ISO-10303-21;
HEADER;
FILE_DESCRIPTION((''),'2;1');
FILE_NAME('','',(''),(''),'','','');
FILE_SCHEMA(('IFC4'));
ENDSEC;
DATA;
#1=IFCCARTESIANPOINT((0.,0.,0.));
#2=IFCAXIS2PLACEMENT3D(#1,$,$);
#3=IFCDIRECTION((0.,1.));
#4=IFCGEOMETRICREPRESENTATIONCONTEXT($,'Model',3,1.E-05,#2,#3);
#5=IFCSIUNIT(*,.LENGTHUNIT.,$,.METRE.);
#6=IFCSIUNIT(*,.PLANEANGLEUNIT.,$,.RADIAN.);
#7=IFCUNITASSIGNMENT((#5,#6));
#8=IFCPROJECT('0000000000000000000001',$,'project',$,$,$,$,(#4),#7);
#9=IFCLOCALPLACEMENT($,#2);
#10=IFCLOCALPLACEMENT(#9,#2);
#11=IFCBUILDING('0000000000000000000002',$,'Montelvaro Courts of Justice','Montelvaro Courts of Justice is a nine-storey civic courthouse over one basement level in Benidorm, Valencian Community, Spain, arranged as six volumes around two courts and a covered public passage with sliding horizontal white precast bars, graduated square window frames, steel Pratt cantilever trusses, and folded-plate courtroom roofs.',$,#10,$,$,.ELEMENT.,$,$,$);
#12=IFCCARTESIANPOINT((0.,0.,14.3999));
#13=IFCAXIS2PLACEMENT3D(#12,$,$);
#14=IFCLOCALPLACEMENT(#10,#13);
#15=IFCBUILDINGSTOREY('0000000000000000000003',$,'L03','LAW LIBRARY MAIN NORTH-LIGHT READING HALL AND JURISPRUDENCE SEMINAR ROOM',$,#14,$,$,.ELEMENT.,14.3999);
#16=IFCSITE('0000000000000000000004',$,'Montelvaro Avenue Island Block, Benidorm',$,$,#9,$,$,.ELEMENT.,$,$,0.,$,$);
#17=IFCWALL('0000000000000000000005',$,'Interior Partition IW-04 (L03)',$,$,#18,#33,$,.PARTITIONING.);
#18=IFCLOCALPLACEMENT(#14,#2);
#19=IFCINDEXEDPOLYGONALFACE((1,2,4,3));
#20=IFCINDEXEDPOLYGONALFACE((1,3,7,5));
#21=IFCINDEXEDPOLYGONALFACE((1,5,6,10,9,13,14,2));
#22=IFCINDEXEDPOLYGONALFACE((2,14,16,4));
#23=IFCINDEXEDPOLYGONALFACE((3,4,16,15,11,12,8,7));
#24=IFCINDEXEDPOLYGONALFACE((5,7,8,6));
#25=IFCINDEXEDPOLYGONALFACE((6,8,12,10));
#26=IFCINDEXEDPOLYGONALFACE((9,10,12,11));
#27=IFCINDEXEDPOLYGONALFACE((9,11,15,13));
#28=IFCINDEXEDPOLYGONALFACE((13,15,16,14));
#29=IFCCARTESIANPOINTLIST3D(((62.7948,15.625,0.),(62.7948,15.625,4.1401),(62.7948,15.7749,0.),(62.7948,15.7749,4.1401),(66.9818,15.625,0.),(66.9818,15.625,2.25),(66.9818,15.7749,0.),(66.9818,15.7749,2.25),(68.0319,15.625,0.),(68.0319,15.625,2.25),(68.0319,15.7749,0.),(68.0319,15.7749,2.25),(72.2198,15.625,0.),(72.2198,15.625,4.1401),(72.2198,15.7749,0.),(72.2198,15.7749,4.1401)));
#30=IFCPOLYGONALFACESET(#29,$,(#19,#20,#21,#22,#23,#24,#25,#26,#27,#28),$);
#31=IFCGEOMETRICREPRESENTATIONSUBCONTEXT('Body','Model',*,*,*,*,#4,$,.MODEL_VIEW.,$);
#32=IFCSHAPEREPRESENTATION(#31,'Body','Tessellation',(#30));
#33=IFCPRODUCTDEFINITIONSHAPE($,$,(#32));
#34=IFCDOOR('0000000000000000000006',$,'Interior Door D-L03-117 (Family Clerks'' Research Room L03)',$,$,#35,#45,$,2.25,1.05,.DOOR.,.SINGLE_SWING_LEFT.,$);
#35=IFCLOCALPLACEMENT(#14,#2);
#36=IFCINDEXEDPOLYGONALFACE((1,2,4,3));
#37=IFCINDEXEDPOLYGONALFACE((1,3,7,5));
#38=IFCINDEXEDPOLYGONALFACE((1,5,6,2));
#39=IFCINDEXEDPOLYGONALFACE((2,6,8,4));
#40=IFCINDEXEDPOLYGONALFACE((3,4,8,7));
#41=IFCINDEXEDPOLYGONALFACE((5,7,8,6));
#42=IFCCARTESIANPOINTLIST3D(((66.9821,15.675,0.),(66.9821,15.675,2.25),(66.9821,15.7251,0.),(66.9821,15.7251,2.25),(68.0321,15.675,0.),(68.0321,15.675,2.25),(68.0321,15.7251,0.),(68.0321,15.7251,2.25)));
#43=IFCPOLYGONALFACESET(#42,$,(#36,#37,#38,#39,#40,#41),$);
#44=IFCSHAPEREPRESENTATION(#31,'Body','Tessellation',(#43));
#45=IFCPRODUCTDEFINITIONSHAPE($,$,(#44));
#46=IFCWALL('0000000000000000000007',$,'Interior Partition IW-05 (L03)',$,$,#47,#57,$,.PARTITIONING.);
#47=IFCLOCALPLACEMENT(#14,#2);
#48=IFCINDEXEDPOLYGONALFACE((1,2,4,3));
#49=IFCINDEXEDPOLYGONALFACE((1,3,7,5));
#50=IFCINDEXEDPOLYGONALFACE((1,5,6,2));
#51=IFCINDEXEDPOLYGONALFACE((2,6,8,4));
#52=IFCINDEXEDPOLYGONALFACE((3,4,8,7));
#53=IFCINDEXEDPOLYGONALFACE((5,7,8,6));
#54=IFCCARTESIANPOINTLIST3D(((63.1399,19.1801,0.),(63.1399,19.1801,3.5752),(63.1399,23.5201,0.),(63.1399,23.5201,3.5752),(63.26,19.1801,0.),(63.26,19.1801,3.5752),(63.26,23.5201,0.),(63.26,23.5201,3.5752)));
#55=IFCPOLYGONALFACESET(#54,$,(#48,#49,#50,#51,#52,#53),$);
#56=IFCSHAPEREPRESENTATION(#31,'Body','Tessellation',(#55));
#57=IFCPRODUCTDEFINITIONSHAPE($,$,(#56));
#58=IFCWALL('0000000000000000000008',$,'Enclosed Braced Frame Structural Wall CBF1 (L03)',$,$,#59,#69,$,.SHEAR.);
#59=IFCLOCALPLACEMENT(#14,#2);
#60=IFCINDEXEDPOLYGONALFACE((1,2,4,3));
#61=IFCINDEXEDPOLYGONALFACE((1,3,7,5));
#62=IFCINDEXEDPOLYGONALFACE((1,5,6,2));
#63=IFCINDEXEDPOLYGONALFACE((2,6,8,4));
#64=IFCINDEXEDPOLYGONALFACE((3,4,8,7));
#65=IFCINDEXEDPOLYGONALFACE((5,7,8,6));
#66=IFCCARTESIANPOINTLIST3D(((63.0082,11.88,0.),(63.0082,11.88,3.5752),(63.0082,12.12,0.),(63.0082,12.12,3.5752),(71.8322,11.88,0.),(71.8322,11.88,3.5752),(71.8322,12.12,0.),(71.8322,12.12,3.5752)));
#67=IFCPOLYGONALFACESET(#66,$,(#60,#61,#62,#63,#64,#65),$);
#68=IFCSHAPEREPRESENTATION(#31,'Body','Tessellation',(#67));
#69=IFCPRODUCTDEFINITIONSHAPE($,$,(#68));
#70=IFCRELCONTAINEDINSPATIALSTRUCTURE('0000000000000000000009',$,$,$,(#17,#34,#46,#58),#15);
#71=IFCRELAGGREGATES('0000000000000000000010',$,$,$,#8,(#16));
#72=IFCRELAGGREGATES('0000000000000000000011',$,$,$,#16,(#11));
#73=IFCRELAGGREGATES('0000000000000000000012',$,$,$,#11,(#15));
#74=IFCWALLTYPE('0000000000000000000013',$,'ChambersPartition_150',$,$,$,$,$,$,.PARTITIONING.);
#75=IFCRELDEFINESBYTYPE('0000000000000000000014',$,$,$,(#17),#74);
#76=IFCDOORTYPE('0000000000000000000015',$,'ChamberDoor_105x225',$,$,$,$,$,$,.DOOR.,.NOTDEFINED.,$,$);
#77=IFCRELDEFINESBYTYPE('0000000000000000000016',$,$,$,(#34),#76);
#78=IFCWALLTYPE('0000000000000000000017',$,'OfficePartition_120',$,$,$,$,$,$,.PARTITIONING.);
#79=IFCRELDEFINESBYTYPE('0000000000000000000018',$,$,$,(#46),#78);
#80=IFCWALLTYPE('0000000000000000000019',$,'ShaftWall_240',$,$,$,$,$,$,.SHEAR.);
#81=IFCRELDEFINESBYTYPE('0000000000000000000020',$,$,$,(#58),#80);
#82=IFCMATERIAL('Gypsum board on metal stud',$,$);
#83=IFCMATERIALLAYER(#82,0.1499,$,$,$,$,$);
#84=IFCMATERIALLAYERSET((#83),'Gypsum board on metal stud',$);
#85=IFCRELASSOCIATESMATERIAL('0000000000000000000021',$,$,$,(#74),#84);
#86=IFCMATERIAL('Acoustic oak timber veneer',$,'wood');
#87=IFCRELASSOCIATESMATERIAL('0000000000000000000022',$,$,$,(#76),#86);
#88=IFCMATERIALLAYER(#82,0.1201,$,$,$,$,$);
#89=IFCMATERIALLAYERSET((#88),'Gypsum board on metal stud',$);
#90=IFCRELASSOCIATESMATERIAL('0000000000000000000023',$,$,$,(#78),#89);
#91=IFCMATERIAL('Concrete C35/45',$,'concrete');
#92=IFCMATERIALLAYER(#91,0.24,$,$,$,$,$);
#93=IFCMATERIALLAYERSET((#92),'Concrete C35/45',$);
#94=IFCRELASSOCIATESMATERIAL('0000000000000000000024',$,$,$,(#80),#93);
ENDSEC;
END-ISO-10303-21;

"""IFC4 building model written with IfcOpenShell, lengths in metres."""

from ifc_helpers import new_model, si_unit, direction, frame, frame_2d, origin, place, context, subcontext, project, spatial, rectangle, extrude, material, layer, layer_set, type_object, element, fill, save


model = new_model("IFC4")

# Units and contexts
model_context = context("Model", 3, precision=1e-05, world=origin(), true_north=direction((0.0, 1.0)))
body_context = subcontext(model_context, "Body", "Model", "MODEL_VIEW")
ifc_project = project(units=[si_unit("LENGTHUNIT", "METRE"), si_unit("PLANEANGLEUNIT", "RADIAN")], contexts=[model_context])

# Site, building, storey
site_placement = place(None, origin())
site = spatial("IfcSite", under=ifc_project, at=site_placement, Name="Montelvaro Avenue Island Block, Benidorm", CompositionType="ELEMENT", RefElevation=0.0)
building_placement = place(site_placement, origin())
building = spatial("IfcBuilding", under=site, at=building_placement, Name="Montelvaro Courts of Justice", Description="Montelvaro Courts of Justice is a nine-storey civic courthouse over one basement level in Benidorm, Valencian Community, Spain, arranged as six volumes around two courts and a covered public passage with sliding horizontal white precast bars, graduated square window frames, steel Pratt cantilever trusses, and folded-plate courtroom roofs.", CompositionType="ELEMENT")
storey_placement = place(building_placement, frame((0.0, 0.0, 14.3999)))
storey = spatial("IfcBuildingStorey", under=building, at=storey_placement, Name="L03", Description="LAW LIBRARY MAIN NORTH-LIGHT READING HALL AND JURISPRUDENCE SEMINAR ROOM", CompositionType="ELEMENT", Elevation=14.3999)

# Wall, opening, door
ifc_material_1 = material(Name="Gypsum board on metal stud")
ifc_layer_1 = layer(ifc_material_1, 0.1499)
ifc_layer_set_1 = layer_set([ifc_layer_1], Name="Gypsum board on metal stud")
wall_type_1 = type_object("IfcWallType", Name="ChambersPartition_150", PredefinedType="PARTITIONING", material=ifc_layer_set_1)
wall_1_placement = place(storey_placement, frame((62.7949, 15.7, 0.0), z_axis=(0.0, 0.0, 1.0), x_axis=(1.0, 0.0, 0.0)))
wall_1 = element("IfcWall", 1, at=wall_1_placement, inside=storey, type_object=wall_type_1, Name="Interior Partition IW-04 (L03)", PredefinedType="PARTITIONING", context=body_context, shape_type="SweptSolid", body=[
    extrude(rectangle(XDim=9.425, YDim=0.1499, at=frame_2d((4.7124, 0.0))), origin(), (0.0, 0.0, 1.0), 4.1401),
])
opening_placement = place(wall_1_placement, frame((4.187, 0.0, 0.0)))
opening = element("IfcOpeningElement", 2, at=opening_placement, cuts=wall_1, PredefinedType="OPENING", context=body_context, shape_type="SweptSolid", body=[
    extrude(rectangle(XDim=1.05, YDim=2.25, at=frame_2d((0.5249, 1.125))), frame((0.0, 0.0898, 0.0), z_axis=(0.0, -1.0, 0.0), x_axis=(1.0, 0.0, 0.0)), (0.0, 0.0, 1.0), 0.1797),
])
ifc_material_2 = material(Name="Acoustic oak timber veneer", Category="wood")
door_type = type_object("IfcDoorType", Name="ChamberDoor_105x225", OperationType="NOTDEFINED", PredefinedType="DOOR", material=ifc_material_2)
door_placement = place(opening_placement, frame((1.05, 0.0, 0.0), z_axis=(0.0, 0.0, 1.0), x_axis=(-1.0, 0.0, 0.0)))
door = element("IfcDoor", 3, at=door_placement, inside=storey, type_object=door_type, Name="Interior Door D-L03-117 (Family Clerks' Research Room L03)", OperationType="SINGLE_SWING_LEFT", OverallHeight=2.25, OverallWidth=1.05, PredefinedType="DOOR", context=body_context, shape_type="SweptSolid", body=[
    extrude(rectangle(XDim=1.05, YDim=2.25, at=frame_2d((0.5249, 1.125))), frame((0.0, 0.0249, 0.0), z_axis=(0.0, -1.0, 0.0), x_axis=(1.0, 0.0, 0.0)), (0.0, 0.0, 1.0), 0.05),
])
fill(opening, door)

# Walls
ifc_layer_2 = layer(ifc_material_1, 0.1201)
ifc_layer_set_2 = layer_set([ifc_layer_2], Name="Gypsum board on metal stud")
wall_type_2 = type_object("IfcWallType", Name="OfficePartition_120", PredefinedType="PARTITIONING", material=ifc_layer_set_2)
wall_2_placement = place(storey_placement, frame((63.2, 23.52, 0.0), z_axis=(0.0, 0.0, 1.0), x_axis=(0.0, -1.0, 0.0)))
element("IfcWall", 4, at=wall_2_placement, inside=storey, type_object=wall_type_2, Name="Interior Partition IW-05 (L03)", PredefinedType="PARTITIONING", context=body_context, shape_type="SweptSolid", body=[
    extrude(rectangle(XDim=4.3401, YDim=0.1201, at=frame_2d((2.1699, 0.0))), origin(), (0.0, 0.0, 1.0), 3.5752),
])
ifc_material_3 = material(Name="Concrete C35/45", Category="concrete")
ifc_layer_3 = layer(ifc_material_3, 0.24)
ifc_layer_set_3 = layer_set([ifc_layer_3], Name="Concrete C35/45")
wall_type_3 = type_object("IfcWallType", Name="ShaftWall_240", PredefinedType="SHEAR", material=ifc_layer_set_3)
wall_3_placement = place(storey_placement, frame((63.0081, 12.0, 0.0), z_axis=(0.0, 0.0, 1.0), x_axis=(1.0, 0.0, 0.0)))
element("IfcWall", 5, at=wall_3_placement, inside=storey, type_object=wall_type_3, Name="Enclosed Braced Frame Structural Wall CBF1 (L03)", PredefinedType="SHEAR", context=body_context, shape_type="SweptSolid", body=[
    extrude(rectangle(XDim=8.824, YDim=0.24, at=frame_2d((4.4121, 0.0))), origin(), (0.0, 0.0, 1.0), 3.5752),
])

save(model, "model.ifc")
